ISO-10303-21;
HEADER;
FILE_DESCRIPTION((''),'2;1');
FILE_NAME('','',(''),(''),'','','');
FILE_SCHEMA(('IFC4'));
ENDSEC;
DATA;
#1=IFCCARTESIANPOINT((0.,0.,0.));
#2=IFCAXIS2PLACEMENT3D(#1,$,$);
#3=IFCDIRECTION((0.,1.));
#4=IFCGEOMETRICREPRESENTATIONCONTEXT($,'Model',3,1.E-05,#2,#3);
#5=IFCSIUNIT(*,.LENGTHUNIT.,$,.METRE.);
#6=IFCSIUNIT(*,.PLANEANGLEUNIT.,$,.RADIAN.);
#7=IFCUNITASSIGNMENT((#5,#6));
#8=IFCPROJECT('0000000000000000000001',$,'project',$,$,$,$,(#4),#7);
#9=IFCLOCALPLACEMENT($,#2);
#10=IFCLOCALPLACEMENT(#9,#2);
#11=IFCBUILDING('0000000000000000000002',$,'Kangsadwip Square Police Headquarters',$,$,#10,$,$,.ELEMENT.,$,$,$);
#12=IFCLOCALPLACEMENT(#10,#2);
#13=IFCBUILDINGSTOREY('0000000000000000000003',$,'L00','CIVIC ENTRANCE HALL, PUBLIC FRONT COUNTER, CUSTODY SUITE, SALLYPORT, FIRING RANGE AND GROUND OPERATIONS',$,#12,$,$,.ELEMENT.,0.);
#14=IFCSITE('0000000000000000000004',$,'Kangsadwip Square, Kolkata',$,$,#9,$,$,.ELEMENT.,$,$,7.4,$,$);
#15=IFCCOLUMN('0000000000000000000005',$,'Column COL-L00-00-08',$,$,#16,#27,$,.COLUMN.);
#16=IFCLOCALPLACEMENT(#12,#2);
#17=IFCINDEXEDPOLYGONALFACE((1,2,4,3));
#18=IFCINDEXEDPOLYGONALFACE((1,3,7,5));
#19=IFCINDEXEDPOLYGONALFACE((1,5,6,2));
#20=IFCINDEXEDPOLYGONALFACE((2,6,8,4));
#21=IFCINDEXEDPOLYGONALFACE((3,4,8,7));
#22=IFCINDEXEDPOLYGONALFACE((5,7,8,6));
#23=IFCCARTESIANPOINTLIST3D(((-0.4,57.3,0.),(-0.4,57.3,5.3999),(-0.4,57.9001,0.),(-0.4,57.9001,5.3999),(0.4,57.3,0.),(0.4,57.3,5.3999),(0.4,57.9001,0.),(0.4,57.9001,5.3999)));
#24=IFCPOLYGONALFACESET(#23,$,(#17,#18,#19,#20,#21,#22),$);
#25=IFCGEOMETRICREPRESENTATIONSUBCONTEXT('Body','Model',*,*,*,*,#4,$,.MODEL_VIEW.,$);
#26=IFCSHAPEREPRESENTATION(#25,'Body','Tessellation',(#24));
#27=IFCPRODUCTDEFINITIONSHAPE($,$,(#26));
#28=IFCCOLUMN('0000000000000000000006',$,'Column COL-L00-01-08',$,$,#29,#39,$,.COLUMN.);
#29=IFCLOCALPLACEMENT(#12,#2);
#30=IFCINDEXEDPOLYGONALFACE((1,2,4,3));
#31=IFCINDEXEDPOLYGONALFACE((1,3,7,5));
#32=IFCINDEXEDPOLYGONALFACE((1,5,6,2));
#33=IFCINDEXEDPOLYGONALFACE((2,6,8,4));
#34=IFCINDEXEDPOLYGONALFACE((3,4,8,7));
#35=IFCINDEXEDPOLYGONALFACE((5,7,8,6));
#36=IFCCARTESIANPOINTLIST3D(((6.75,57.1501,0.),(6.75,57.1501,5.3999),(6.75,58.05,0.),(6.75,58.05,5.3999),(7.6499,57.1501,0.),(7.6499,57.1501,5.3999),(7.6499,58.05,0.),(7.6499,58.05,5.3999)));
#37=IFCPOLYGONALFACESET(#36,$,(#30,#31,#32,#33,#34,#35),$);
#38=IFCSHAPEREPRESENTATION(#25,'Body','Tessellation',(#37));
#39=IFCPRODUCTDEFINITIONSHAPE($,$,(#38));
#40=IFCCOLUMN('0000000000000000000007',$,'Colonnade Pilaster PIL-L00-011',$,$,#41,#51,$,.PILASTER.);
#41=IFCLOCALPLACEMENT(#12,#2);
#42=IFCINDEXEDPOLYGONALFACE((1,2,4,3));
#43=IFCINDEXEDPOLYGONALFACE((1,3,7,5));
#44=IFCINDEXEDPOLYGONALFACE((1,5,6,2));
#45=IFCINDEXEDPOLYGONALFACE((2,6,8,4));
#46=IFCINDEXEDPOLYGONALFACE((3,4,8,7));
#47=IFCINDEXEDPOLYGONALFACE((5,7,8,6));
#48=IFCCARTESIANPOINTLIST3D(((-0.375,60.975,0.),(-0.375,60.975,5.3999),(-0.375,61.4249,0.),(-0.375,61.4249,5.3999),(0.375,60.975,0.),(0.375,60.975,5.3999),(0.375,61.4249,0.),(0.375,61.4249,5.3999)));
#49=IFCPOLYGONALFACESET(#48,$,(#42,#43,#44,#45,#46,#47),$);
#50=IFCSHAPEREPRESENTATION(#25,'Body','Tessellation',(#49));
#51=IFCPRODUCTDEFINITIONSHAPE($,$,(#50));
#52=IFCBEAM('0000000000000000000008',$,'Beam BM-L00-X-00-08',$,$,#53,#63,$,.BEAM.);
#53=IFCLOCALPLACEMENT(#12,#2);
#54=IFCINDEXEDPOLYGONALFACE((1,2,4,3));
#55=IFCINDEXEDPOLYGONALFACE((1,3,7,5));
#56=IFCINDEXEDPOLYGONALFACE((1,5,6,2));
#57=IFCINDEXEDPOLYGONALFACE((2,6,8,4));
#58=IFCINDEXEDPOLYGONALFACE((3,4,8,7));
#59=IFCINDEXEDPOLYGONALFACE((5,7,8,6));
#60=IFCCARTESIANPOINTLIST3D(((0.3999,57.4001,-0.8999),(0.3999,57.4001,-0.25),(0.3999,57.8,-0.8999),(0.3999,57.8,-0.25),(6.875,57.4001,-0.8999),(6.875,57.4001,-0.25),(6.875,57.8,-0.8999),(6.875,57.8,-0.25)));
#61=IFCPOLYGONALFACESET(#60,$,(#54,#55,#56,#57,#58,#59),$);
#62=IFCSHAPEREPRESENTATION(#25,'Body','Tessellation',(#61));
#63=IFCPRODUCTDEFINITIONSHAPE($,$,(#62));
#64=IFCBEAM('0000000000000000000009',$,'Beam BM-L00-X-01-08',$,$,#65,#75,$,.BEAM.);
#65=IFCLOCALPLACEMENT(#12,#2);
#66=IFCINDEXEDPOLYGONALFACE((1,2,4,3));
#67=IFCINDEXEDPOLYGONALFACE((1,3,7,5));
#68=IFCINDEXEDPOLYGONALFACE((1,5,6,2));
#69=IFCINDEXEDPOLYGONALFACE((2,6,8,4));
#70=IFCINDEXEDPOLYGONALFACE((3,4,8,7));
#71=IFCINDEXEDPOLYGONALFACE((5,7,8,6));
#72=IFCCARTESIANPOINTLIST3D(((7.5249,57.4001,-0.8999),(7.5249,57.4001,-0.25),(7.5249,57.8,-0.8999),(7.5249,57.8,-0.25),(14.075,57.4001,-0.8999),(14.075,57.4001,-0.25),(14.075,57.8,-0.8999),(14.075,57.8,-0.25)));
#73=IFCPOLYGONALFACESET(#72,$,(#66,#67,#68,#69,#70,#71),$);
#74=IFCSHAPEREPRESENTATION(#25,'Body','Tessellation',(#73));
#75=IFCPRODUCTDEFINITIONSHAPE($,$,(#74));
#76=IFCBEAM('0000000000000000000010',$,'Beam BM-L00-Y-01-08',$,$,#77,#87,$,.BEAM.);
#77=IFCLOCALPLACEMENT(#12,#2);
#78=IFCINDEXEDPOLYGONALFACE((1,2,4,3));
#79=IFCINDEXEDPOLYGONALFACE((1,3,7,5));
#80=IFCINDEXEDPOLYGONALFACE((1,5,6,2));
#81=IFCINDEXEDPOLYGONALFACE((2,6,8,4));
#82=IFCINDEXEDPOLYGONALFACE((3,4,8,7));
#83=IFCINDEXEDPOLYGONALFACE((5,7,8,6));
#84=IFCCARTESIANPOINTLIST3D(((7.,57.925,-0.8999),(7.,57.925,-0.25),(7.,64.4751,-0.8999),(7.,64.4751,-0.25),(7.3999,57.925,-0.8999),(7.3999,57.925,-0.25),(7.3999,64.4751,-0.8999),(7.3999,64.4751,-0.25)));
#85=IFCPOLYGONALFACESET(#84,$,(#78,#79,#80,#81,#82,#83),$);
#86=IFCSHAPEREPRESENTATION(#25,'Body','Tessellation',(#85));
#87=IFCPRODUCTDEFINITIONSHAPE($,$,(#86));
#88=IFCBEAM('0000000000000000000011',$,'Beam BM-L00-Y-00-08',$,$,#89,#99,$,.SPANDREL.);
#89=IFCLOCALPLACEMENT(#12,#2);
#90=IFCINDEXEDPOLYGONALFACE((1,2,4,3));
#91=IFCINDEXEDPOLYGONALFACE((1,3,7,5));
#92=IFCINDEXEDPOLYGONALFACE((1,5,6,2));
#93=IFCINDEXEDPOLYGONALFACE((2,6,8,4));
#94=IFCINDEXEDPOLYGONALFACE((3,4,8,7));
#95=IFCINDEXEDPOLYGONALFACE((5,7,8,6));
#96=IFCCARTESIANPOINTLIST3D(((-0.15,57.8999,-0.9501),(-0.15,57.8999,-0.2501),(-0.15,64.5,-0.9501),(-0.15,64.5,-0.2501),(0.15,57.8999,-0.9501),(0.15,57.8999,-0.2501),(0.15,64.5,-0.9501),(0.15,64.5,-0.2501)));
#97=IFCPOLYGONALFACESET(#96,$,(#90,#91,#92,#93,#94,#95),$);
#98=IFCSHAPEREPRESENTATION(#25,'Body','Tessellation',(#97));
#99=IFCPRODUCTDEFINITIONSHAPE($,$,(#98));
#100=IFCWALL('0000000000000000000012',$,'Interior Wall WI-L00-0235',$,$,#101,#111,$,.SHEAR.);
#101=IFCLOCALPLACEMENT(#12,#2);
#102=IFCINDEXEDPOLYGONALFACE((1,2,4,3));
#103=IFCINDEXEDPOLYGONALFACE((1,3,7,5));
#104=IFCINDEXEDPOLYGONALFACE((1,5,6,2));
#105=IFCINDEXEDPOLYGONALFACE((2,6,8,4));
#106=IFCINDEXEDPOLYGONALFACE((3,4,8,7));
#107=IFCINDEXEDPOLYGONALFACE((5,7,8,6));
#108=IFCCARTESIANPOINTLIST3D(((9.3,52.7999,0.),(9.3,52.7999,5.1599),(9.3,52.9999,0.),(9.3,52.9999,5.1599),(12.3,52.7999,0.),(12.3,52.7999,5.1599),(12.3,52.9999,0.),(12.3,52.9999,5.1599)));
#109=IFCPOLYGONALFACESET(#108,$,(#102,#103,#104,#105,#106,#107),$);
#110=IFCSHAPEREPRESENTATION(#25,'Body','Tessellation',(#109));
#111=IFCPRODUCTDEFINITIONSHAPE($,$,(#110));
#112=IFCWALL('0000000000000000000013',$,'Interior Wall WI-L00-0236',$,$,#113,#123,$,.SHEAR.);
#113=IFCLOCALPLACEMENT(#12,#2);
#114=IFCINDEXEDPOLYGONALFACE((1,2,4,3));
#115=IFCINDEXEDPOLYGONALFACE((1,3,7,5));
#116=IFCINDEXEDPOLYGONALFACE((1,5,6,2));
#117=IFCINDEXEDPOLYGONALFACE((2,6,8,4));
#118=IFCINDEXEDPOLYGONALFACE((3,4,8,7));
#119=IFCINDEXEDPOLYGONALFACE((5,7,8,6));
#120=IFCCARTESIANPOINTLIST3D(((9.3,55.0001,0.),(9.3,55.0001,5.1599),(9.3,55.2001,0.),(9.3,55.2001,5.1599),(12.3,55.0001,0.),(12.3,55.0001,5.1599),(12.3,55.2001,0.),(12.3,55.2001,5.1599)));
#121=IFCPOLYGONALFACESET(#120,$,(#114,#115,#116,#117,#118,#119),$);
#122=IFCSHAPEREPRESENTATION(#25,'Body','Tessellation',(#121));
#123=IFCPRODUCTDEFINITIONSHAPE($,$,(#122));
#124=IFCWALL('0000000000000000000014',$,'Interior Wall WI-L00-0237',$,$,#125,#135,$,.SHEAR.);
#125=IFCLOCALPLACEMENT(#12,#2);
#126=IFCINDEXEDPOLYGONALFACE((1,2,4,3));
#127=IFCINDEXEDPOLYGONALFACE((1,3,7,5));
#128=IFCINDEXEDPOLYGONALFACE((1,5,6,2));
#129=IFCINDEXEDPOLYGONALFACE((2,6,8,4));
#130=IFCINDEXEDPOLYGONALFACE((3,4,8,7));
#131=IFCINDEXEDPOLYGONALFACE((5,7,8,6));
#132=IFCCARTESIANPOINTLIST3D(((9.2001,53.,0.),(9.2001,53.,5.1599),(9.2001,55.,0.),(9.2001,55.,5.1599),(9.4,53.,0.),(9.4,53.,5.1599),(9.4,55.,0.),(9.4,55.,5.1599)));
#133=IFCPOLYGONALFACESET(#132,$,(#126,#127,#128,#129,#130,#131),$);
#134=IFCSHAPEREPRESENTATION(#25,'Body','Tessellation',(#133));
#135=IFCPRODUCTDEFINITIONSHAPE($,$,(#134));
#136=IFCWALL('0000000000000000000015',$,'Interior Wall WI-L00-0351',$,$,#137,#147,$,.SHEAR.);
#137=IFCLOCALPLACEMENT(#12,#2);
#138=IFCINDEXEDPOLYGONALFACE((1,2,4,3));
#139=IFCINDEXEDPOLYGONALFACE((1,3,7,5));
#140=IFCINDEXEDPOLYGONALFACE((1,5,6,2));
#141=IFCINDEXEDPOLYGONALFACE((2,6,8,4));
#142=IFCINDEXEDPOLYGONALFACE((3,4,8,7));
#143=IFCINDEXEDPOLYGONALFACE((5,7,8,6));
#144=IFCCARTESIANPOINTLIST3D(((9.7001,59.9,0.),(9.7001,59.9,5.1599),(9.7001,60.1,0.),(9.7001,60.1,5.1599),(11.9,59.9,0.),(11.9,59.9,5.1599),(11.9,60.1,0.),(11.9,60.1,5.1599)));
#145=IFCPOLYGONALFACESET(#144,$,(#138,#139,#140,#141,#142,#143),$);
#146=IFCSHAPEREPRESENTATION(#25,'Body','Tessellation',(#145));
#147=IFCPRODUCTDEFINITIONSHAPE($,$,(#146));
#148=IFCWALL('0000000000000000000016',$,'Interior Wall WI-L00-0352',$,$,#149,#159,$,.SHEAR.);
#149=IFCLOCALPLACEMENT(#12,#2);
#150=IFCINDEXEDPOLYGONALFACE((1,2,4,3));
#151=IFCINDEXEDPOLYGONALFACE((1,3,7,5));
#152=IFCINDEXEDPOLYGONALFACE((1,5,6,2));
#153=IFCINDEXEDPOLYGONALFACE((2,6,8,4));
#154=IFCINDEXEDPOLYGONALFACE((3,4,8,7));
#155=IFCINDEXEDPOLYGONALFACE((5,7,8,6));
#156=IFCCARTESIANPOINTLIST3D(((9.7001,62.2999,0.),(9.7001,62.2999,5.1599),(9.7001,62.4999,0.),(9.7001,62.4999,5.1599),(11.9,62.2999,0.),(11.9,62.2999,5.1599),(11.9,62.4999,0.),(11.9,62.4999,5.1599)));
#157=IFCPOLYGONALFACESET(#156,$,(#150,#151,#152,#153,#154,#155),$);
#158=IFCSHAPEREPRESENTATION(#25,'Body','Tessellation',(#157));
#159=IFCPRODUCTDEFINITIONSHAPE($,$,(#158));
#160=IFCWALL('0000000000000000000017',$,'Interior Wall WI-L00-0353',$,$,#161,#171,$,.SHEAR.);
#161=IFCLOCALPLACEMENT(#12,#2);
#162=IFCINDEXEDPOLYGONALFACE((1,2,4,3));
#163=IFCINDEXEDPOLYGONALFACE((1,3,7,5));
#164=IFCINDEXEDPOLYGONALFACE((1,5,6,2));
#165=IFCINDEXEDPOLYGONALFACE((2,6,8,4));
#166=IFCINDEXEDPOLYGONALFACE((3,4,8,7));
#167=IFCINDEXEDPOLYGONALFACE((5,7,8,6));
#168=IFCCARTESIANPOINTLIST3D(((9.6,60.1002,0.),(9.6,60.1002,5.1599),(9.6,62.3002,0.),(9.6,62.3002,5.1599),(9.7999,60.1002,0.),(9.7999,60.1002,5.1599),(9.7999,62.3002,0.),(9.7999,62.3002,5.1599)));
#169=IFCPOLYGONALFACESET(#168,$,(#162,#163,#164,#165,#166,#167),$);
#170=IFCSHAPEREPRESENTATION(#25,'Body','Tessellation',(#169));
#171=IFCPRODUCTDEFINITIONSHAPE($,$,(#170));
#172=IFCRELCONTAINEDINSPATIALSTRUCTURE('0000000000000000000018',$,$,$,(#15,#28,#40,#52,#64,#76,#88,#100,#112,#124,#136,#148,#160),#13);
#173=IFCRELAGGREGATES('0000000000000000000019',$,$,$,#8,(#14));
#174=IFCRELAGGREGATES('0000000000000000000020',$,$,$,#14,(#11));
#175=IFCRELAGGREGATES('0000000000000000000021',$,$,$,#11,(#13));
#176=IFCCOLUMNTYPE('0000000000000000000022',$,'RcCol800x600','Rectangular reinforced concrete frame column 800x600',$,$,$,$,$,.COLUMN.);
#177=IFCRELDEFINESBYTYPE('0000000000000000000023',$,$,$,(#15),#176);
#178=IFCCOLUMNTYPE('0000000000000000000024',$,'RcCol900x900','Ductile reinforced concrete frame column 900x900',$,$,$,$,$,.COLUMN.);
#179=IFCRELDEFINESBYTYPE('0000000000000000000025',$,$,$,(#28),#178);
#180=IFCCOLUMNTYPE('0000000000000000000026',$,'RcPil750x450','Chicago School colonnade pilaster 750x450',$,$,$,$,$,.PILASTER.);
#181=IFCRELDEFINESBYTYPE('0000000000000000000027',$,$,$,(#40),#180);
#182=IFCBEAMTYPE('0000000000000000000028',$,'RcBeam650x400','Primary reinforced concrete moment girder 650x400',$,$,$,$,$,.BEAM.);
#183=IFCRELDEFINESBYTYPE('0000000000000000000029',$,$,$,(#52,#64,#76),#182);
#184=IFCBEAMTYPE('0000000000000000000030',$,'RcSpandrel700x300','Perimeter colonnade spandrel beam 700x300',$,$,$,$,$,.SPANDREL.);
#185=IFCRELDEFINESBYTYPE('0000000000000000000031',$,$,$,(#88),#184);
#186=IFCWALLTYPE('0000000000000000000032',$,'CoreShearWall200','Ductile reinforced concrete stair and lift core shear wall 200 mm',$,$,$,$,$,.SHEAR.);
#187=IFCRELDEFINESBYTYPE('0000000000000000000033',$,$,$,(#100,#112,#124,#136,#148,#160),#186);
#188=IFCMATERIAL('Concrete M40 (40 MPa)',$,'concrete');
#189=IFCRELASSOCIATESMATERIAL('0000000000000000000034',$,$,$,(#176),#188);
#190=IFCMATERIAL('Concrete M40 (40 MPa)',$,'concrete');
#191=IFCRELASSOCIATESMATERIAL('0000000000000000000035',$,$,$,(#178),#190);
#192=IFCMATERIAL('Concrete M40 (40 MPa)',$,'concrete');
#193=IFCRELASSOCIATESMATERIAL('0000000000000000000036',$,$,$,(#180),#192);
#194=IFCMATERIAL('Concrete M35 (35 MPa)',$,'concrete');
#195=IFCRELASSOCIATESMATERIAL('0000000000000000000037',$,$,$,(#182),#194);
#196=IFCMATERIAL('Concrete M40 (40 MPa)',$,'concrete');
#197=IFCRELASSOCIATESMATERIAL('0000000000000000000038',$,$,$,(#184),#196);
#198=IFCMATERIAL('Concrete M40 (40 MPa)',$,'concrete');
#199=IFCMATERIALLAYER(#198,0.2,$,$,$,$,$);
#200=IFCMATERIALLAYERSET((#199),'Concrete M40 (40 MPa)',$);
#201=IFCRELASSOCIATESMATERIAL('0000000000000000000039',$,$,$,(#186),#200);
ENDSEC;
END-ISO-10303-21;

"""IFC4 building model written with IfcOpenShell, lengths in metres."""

from ifc_helpers import new_model, si_unit, direction, frame, frame_2d, origin, origin_2d, place, context, subcontext, project, spatial, rectangle, extrude, material, layer, layer_set, material_profile, profile_set, type_object, element, save


model = new_model("IFC4")

# Units and contexts
model_context = context("Model", 3, precision=1e-05, world=origin(), true_north=direction((0.0, 1.0)))
body_context = subcontext(model_context, "Body", "Model", "MODEL_VIEW")
ifc_project = project(units=[si_unit("LENGTHUNIT", "METRE"), si_unit("PLANEANGLEUNIT", "RADIAN")], contexts=[model_context])

# Site, building, storey
site_placement = place(None, origin())
site = spatial("IfcSite", under=ifc_project, at=site_placement, Name="Kangsadwip Square, Kolkata", CompositionType="ELEMENT", RefElevation=7.4)
building_placement = place(site_placement, origin())
building = spatial("IfcBuilding", under=site, at=building_placement, Name="Kangsadwip Square Police Headquarters", CompositionType="ELEMENT")
storey_placement = place(building_placement, origin())
storey = spatial("IfcBuildingStorey", under=building, at=storey_placement, Name="L00", Description="CIVIC ENTRANCE HALL, PUBLIC FRONT COUNTER, CUSTODY SUITE, SALLYPORT, FIRING RANGE AND GROUND OPERATIONS", CompositionType="ELEMENT", Elevation=0.0)

# Columns
ifc_material_1 = material(Name="Concrete M40 (40 MPa)", Category="concrete")
ifc_material_profile_1 = material_profile(ifc_material_1, rectangle(XDim=0.6001, YDim=0.8, at=origin_2d()), Name="RC COL 800X600")
ifc_profile_set_1 = profile_set([ifc_material_profile_1], Name="Concrete M40 (40 MPa)")
column_type_1 = type_object("IfcColumnType", Name="RcCol800x600", Description="Rectangular reinforced concrete frame column 800x600", PredefinedType="COLUMN", material=ifc_profile_set_1)
column_1_placement = place(storey_placement, frame((0.0, 57.6001, 0.0), z_axis=(0.0, 0.0, 1.0), x_axis=(0.0, 1.0, 0.0)))
element("IfcColumn", 1, at=column_1_placement, inside=storey, type_object=column_type_1, Name="Column COL-L00-00-08", PredefinedType="COLUMN", context=body_context, shape_type="SweptSolid", body=[
    extrude(rectangle(XDim=0.6001, YDim=0.8, at=origin_2d()), origin(), (0.0, 0.0, 1.0), 5.3999),
])
ifc_material_2 = material(Name="Concrete M40 (40 MPa)", Category="concrete")
ifc_material_profile_2 = material_profile(ifc_material_2, rectangle(XDim=0.8999, YDim=0.8999, at=origin_2d()), Name="RC COL 900X900")
ifc_profile_set_2 = profile_set([ifc_material_profile_2], Name="Concrete M40 (40 MPa)")
column_type_2 = type_object("IfcColumnType", Name="RcCol900x900", Description="Ductile reinforced concrete frame column 900x900", PredefinedType="COLUMN", material=ifc_profile_set_2)
column_2_placement = place(storey_placement, frame((7.2, 57.6001, 0.0), z_axis=(0.0, 0.0, 1.0), x_axis=(1.0, 0.0, 0.0)))
element("IfcColumn", 2, at=column_2_placement, inside=storey, type_object=column_type_2, Name="Column COL-L00-01-08", PredefinedType="COLUMN", context=body_context, shape_type="SweptSolid", body=[
    extrude(rectangle(XDim=0.8999, YDim=0.8999, at=origin_2d()), origin(), (0.0, 0.0, 1.0), 5.3999),
])
ifc_material_3 = material(Name="Concrete M40 (40 MPa)", Category="concrete")
ifc_material_profile_3 = material_profile(ifc_material_3, rectangle(XDim=0.45, YDim=0.75, at=origin_2d()), Name="RC PIL 750X450")
ifc_profile_set_3 = profile_set([ifc_material_profile_3], Name="Concrete M40 (40 MPa)")
column_type_3 = type_object("IfcColumnType", Name="RcPil750x450", Description="Chicago School colonnade pilaster 750x450", PredefinedType="PILASTER", material=ifc_profile_set_3)
column_3_placement = place(storey_placement, frame((0.0, 61.2, 0.0), z_axis=(0.0, 0.0, 1.0), x_axis=(0.0, 1.0, 0.0)))
element("IfcColumn", 3, at=column_3_placement, inside=storey, type_object=column_type_3, Name="Colonnade Pilaster PIL-L00-011", PredefinedType="PILASTER", context=body_context, shape_type="SweptSolid", body=[
    extrude(rectangle(XDim=0.45, YDim=0.75, at=origin_2d()), origin(), (0.0, 0.0, 1.0), 5.3999),
])

# Beams
ifc_material_4 = material(Name="Concrete M35 (35 MPa)", Category="concrete")
ifc_material_profile_4 = material_profile(ifc_material_4, rectangle(XDim=0.3999, YDim=0.6499, at=origin_2d()), Name="RC BM 650X400")
ifc_profile_set_4 = profile_set([ifc_material_profile_4], Name="Concrete M35 (35 MPa)")
beam_type_1 = type_object("IfcBeamType", Name="RcBeam650x400", Description="Primary reinforced concrete moment girder 650x400", PredefinedType="BEAM", material=ifc_profile_set_4)
beam_1_placement = place(storey_placement, frame((0.3999, 57.6001, -0.575), z_axis=(1.0, 0.0, 0.0), x_axis=(0.0, 1.0, 0.0)))
element("IfcBeam", 4, at=beam_1_placement, inside=storey, type_object=beam_type_1, Name="Beam BM-L00-X-00-08", PredefinedType="BEAM", context=body_context, shape_type="SweptSolid", body=[
    extrude(rectangle(XDim=0.3999, YDim=0.6499, at=origin_2d()), origin(), (0.0, 0.0, 1.0), 6.4751),
])
for number, where, z_axis, x_axis, name in (
    (5, (7.5249, 57.6001, -0.575), (1.0, 0.0, 0.0), (0.0, 1.0, 0.0), "Beam BM-L00-X-01-08"),
    (6, (7.2, 57.925, -0.575), (0.0, 1.0, 0.0), (-1.0, 0.0, 0.0), "Beam BM-L00-Y-01-08"),
):
    element("IfcBeam", number, at=place(storey_placement, frame(where, z_axis=z_axis, x_axis=x_axis)), inside=storey, type_object=beam_type_1, Name=name, PredefinedType="BEAM", context=body_context, shape_type="SweptSolid", body=[
        extrude(rectangle(XDim=0.3999, YDim=0.6499, at=origin_2d()), origin(), (0.0, 0.0, 1.0), 6.55),
    ])
ifc_material_5 = material(Name="Concrete M40 (40 MPa)", Category="concrete")
ifc_material_profile_5 = material_profile(ifc_material_5, rectangle(XDim=0.3, YDim=0.7, at=origin_2d()), Name="RC SPN 700X300")
ifc_profile_set_5 = profile_set([ifc_material_profile_5], Name="Concrete M40 (40 MPa)")
beam_type_2 = type_object("IfcBeamType", Name="RcSpandrel700x300", Description="Perimeter colonnade spandrel beam 700x300", PredefinedType="SPANDREL", material=ifc_profile_set_5)
beam_2_placement = place(storey_placement, frame((0.0, 57.8999, -0.6001), z_axis=(0.0, 1.0, 0.0), x_axis=(-1.0, 0.0, 0.0)))
element("IfcBeam", 7, at=beam_2_placement, inside=storey, type_object=beam_type_2, Name="Beam BM-L00-Y-00-08", PredefinedType="SPANDREL", context=body_context, shape_type="SweptSolid", body=[
    extrude(rectangle(XDim=0.3, YDim=0.7, at=origin_2d()), origin(), (0.0, 0.0, 1.0), 6.6001),
])

# Walls
ifc_material_6 = material(Name="Concrete M40 (40 MPa)", Category="concrete")
ifc_layer_1 = layer(ifc_material_6, 0.2)
ifc_layer_set_1 = layer_set([ifc_layer_1], Name="Concrete M40 (40 MPa)")
wall_type_1 = type_object("IfcWallType", Name="CoreShearWall200", Description="Ductile reinforced concrete stair and lift core shear wall 200 mm", PredefinedType="SHEAR", material=ifc_layer_set_1)
for number, where, z_axis, x_axis, name in (
    (8, (9.3, 52.8999, 0.0), (0.0, 0.0, 1.0), (1.0, 0.0, 0.0), "Interior Wall WI-L00-0235"),
    (9, (9.3, 55.1001, 0.0), (0.0, 0.0, 1.0), (1.0, 0.0, 0.0), "Interior Wall WI-L00-0236"),
):
    element("IfcWall", number, at=place(storey_placement, frame(where, z_axis=z_axis, x_axis=x_axis)), inside=storey, type_object=wall_type_1, Name=name, PredefinedType="SHEAR", context=body_context, shape_type="SweptSolid", body=[
        extrude(rectangle(XDim=3.0, YDim=0.2, at=frame_2d((1.5, 0.0))), origin(), (0.0, 0.0, 1.0), 5.1599),
    ])
wall_1_placement = place(storey_placement, frame((9.3, 53.0, 0.0), z_axis=(0.0, 0.0, 1.0), x_axis=(0.0, 1.0, 0.0)))
element("IfcWall", 10, at=wall_1_placement, inside=storey, type_object=wall_type_1, Name="Interior Wall WI-L00-0237", PredefinedType="SHEAR", context=body_context, shape_type="SweptSolid", body=[
    extrude(rectangle(XDim=2.0, YDim=0.2, at=frame_2d((1.0, 0.0))), origin(), (0.0, 0.0, 1.0), 5.1599),
])

# Walls
for number, where, z_axis, x_axis, name in (
    (11, (9.7, 60.0, 0.0), (0.0, 0.0, 1.0), (1.0, 0.0, 0.0), "Interior Wall WI-L00-0351"),
    (12, (9.7, 62.3999, 0.0), (0.0, 0.0, 1.0), (1.0, 0.0, 0.0), "Interior Wall WI-L00-0352"),
    (13, (9.7, 60.1001, 0.0), (0.0, 0.0, 1.0), (0.0, 1.0, 0.0), "Interior Wall WI-L00-0353"),
):
    element("IfcWall", number, at=place(storey_placement, frame(where, z_axis=z_axis, x_axis=x_axis)), inside=storey, type_object=wall_type_1, Name=name, PredefinedType="SHEAR", context=body_context, shape_type="SweptSolid", body=[
        extrude(rectangle(XDim=2.2, YDim=0.2, at=frame_2d((1.1001, 0.0))), origin(), (0.0, 0.0, 1.0), 5.1599),
    ])

save(model, "model.ifc")
